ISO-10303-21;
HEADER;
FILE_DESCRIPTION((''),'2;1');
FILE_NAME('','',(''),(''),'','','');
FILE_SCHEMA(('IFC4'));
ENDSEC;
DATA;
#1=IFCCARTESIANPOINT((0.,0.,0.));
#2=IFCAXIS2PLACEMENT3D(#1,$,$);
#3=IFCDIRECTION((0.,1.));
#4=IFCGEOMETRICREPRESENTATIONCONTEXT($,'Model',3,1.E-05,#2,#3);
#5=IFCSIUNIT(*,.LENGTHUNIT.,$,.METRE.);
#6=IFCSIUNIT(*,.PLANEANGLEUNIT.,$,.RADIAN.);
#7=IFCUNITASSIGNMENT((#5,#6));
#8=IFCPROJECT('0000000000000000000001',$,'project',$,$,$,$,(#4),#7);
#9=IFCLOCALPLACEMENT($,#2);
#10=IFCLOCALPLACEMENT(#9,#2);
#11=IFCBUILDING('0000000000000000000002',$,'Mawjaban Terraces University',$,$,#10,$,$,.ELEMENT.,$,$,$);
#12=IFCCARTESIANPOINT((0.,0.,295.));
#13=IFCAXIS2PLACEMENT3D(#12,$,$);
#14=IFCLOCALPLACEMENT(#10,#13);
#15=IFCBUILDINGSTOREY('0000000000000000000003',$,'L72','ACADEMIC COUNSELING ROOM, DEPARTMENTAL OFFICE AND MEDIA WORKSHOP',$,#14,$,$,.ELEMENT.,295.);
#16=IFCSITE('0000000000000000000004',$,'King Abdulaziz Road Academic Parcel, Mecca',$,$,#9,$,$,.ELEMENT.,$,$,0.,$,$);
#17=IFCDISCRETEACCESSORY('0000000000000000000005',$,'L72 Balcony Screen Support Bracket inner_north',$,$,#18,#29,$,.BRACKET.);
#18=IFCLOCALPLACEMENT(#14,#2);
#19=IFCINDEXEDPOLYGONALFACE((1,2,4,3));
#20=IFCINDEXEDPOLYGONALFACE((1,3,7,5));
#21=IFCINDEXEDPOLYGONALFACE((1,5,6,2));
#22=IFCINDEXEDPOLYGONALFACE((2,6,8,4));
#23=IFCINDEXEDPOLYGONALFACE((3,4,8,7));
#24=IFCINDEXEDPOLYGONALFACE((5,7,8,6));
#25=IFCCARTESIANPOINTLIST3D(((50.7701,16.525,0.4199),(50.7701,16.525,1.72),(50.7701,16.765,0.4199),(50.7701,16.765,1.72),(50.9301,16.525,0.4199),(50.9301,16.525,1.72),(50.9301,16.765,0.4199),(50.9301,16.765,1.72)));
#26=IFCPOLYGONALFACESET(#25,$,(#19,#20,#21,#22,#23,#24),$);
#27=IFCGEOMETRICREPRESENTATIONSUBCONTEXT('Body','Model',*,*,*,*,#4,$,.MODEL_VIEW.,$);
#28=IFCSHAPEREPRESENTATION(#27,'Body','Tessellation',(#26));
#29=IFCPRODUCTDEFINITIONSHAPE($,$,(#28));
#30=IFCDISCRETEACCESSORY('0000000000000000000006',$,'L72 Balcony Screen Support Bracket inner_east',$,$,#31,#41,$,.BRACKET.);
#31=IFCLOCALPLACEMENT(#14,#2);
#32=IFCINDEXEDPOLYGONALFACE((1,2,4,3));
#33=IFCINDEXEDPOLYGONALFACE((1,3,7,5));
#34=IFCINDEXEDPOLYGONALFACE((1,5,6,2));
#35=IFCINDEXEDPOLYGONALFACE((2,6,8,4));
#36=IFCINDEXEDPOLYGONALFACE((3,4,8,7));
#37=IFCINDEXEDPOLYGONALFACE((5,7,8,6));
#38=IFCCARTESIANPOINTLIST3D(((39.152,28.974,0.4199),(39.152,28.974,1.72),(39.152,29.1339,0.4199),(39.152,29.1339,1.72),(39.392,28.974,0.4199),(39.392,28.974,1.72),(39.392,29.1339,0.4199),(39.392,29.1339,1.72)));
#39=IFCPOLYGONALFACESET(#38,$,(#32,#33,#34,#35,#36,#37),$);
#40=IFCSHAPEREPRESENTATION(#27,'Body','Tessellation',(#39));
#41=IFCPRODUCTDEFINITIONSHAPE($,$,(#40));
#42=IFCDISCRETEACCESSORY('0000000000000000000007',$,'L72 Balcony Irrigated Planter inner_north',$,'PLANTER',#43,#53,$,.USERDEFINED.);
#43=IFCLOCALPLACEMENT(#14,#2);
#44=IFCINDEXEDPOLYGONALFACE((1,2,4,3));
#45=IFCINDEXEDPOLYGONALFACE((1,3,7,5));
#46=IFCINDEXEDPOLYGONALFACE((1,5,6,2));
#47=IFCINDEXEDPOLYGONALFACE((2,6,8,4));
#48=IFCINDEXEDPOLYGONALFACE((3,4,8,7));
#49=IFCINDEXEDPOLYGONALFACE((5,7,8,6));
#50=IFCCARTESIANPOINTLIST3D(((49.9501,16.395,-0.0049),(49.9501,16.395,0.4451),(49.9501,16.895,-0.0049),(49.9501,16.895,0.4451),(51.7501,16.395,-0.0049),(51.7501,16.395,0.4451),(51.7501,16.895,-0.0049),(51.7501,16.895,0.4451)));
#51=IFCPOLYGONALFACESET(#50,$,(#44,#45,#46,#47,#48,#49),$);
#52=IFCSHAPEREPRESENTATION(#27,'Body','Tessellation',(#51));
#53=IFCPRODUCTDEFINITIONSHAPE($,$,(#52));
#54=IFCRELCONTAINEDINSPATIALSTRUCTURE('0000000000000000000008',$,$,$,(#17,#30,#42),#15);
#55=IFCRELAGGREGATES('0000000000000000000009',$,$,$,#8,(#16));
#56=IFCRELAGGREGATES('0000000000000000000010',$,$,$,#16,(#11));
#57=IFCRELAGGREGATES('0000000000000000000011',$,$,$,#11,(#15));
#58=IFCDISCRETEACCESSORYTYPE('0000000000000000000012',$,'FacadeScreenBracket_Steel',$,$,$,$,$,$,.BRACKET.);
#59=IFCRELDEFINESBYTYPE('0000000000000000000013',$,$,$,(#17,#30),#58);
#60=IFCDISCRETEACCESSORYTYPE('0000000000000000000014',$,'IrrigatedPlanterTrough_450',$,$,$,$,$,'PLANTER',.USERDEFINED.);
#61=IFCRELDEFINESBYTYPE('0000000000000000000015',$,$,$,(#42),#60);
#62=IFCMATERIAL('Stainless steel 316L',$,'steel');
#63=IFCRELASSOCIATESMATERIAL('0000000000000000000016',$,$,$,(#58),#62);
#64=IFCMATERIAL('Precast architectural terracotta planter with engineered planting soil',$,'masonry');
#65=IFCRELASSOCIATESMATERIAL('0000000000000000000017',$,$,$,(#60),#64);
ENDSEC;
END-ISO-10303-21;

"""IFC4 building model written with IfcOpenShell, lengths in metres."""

from ifc_helpers import new_model, si_unit, direction, frame, origin, origin_2d, place, context, subcontext, project, spatial, rectangle, extrude, material, type_object, element, save


model = new_model("IFC4")

# Units and contexts
model_context = context("Model", 3, precision=1e-05, world=origin(), true_north=direction((0.0, 1.0)))
body_context = subcontext(model_context, "Body", "Model", "MODEL_VIEW")
ifc_project = project(units=[si_unit("LENGTHUNIT", "METRE"), si_unit("PLANEANGLEUNIT", "RADIAN")], contexts=[model_context])

# Site, building, storey
site_placement = place(None, origin())
site = spatial("IfcSite", under=ifc_project, at=site_placement, Name="King Abdulaziz Road Academic Parcel, Mecca", CompositionType="ELEMENT", RefElevation=0.0)
building_placement = place(site_placement, origin())
building = spatial("IfcBuilding", under=site, at=building_placement, Name="Mawjaban Terraces University", CompositionType="ELEMENT")
storey_placement = place(building_placement, frame((0.0, 0.0, 295.0)))
storey = spatial("IfcBuildingStorey", under=building, at=storey_placement, Name="L72", Description="ACADEMIC COUNSELING ROOM, DEPARTMENTAL OFFICE AND MEDIA WORKSHOP", CompositionType="ELEMENT", Elevation=295.0)

# Discrete accessories
ifc_material_1 = material(Name="Stainless steel 316L", Category="steel")
discrete_accessory_type_1 = type_object("IfcDiscreteAccessoryType", Name="FacadeScreenBracket_Steel", PredefinedType="BRACKET", material=ifc_material_1)
for number, where, z_axis, x_axis, name in (
    (1, (50.8501, 16.645, 0.4199), (0.0, 0.0, 1.0), (1.0, 0.0, 0.0), "L72 Balcony Screen Support Bracket inner_north"),
    (2, (39.272, 29.054, 0.4199), (0.0, 0.0, 1.0), (0.0, 1.0, 0.0), "L72 Balcony Screen Support Bracket inner_east"),
):
    element("IfcDiscreteAccessory", number, at=place(storey_placement, frame(where, z_axis=z_axis, x_axis=x_axis)), inside=storey, type_object=discrete_accessory_type_1, Name=name, PredefinedType="BRACKET", context=body_context, shape_type="SweptSolid", body=[
        extrude(rectangle(XDim=0.1599, YDim=0.24, at=origin_2d()), origin(), (0.0, 0.0, 1.0), 1.3),
    ])
ifc_material_2 = material(Name="Precast architectural terracotta planter with engineered planting soil", Category="masonry")
discrete_accessory_type_2 = type_object("IfcDiscreteAccessoryType", Name="IrrigatedPlanterTrough_450", ElementType="PLANTER", PredefinedType="USERDEFINED", material=ifc_material_2)
discrete_accessory_placement = place(storey_placement, frame((50.8501, 16.645, -0.0049), z_axis=(0.0, 0.0, 1.0), x_axis=(1.0, 0.0, 0.0)))
element("IfcDiscreteAccessory", 3, at=discrete_accessory_placement, inside=storey, type_object=discrete_accessory_type_2, Name="L72 Balcony Irrigated Planter inner_north", ObjectType="PLANTER", PredefinedType="USERDEFINED", context=body_context, shape_type="SweptSolid", body=[
    extrude(rectangle(XDim=1.8, YDim=0.5, at=origin_2d()), origin(), (0.0, 0.0, 1.0), 0.45),
])

save(model, "model.ifc")
